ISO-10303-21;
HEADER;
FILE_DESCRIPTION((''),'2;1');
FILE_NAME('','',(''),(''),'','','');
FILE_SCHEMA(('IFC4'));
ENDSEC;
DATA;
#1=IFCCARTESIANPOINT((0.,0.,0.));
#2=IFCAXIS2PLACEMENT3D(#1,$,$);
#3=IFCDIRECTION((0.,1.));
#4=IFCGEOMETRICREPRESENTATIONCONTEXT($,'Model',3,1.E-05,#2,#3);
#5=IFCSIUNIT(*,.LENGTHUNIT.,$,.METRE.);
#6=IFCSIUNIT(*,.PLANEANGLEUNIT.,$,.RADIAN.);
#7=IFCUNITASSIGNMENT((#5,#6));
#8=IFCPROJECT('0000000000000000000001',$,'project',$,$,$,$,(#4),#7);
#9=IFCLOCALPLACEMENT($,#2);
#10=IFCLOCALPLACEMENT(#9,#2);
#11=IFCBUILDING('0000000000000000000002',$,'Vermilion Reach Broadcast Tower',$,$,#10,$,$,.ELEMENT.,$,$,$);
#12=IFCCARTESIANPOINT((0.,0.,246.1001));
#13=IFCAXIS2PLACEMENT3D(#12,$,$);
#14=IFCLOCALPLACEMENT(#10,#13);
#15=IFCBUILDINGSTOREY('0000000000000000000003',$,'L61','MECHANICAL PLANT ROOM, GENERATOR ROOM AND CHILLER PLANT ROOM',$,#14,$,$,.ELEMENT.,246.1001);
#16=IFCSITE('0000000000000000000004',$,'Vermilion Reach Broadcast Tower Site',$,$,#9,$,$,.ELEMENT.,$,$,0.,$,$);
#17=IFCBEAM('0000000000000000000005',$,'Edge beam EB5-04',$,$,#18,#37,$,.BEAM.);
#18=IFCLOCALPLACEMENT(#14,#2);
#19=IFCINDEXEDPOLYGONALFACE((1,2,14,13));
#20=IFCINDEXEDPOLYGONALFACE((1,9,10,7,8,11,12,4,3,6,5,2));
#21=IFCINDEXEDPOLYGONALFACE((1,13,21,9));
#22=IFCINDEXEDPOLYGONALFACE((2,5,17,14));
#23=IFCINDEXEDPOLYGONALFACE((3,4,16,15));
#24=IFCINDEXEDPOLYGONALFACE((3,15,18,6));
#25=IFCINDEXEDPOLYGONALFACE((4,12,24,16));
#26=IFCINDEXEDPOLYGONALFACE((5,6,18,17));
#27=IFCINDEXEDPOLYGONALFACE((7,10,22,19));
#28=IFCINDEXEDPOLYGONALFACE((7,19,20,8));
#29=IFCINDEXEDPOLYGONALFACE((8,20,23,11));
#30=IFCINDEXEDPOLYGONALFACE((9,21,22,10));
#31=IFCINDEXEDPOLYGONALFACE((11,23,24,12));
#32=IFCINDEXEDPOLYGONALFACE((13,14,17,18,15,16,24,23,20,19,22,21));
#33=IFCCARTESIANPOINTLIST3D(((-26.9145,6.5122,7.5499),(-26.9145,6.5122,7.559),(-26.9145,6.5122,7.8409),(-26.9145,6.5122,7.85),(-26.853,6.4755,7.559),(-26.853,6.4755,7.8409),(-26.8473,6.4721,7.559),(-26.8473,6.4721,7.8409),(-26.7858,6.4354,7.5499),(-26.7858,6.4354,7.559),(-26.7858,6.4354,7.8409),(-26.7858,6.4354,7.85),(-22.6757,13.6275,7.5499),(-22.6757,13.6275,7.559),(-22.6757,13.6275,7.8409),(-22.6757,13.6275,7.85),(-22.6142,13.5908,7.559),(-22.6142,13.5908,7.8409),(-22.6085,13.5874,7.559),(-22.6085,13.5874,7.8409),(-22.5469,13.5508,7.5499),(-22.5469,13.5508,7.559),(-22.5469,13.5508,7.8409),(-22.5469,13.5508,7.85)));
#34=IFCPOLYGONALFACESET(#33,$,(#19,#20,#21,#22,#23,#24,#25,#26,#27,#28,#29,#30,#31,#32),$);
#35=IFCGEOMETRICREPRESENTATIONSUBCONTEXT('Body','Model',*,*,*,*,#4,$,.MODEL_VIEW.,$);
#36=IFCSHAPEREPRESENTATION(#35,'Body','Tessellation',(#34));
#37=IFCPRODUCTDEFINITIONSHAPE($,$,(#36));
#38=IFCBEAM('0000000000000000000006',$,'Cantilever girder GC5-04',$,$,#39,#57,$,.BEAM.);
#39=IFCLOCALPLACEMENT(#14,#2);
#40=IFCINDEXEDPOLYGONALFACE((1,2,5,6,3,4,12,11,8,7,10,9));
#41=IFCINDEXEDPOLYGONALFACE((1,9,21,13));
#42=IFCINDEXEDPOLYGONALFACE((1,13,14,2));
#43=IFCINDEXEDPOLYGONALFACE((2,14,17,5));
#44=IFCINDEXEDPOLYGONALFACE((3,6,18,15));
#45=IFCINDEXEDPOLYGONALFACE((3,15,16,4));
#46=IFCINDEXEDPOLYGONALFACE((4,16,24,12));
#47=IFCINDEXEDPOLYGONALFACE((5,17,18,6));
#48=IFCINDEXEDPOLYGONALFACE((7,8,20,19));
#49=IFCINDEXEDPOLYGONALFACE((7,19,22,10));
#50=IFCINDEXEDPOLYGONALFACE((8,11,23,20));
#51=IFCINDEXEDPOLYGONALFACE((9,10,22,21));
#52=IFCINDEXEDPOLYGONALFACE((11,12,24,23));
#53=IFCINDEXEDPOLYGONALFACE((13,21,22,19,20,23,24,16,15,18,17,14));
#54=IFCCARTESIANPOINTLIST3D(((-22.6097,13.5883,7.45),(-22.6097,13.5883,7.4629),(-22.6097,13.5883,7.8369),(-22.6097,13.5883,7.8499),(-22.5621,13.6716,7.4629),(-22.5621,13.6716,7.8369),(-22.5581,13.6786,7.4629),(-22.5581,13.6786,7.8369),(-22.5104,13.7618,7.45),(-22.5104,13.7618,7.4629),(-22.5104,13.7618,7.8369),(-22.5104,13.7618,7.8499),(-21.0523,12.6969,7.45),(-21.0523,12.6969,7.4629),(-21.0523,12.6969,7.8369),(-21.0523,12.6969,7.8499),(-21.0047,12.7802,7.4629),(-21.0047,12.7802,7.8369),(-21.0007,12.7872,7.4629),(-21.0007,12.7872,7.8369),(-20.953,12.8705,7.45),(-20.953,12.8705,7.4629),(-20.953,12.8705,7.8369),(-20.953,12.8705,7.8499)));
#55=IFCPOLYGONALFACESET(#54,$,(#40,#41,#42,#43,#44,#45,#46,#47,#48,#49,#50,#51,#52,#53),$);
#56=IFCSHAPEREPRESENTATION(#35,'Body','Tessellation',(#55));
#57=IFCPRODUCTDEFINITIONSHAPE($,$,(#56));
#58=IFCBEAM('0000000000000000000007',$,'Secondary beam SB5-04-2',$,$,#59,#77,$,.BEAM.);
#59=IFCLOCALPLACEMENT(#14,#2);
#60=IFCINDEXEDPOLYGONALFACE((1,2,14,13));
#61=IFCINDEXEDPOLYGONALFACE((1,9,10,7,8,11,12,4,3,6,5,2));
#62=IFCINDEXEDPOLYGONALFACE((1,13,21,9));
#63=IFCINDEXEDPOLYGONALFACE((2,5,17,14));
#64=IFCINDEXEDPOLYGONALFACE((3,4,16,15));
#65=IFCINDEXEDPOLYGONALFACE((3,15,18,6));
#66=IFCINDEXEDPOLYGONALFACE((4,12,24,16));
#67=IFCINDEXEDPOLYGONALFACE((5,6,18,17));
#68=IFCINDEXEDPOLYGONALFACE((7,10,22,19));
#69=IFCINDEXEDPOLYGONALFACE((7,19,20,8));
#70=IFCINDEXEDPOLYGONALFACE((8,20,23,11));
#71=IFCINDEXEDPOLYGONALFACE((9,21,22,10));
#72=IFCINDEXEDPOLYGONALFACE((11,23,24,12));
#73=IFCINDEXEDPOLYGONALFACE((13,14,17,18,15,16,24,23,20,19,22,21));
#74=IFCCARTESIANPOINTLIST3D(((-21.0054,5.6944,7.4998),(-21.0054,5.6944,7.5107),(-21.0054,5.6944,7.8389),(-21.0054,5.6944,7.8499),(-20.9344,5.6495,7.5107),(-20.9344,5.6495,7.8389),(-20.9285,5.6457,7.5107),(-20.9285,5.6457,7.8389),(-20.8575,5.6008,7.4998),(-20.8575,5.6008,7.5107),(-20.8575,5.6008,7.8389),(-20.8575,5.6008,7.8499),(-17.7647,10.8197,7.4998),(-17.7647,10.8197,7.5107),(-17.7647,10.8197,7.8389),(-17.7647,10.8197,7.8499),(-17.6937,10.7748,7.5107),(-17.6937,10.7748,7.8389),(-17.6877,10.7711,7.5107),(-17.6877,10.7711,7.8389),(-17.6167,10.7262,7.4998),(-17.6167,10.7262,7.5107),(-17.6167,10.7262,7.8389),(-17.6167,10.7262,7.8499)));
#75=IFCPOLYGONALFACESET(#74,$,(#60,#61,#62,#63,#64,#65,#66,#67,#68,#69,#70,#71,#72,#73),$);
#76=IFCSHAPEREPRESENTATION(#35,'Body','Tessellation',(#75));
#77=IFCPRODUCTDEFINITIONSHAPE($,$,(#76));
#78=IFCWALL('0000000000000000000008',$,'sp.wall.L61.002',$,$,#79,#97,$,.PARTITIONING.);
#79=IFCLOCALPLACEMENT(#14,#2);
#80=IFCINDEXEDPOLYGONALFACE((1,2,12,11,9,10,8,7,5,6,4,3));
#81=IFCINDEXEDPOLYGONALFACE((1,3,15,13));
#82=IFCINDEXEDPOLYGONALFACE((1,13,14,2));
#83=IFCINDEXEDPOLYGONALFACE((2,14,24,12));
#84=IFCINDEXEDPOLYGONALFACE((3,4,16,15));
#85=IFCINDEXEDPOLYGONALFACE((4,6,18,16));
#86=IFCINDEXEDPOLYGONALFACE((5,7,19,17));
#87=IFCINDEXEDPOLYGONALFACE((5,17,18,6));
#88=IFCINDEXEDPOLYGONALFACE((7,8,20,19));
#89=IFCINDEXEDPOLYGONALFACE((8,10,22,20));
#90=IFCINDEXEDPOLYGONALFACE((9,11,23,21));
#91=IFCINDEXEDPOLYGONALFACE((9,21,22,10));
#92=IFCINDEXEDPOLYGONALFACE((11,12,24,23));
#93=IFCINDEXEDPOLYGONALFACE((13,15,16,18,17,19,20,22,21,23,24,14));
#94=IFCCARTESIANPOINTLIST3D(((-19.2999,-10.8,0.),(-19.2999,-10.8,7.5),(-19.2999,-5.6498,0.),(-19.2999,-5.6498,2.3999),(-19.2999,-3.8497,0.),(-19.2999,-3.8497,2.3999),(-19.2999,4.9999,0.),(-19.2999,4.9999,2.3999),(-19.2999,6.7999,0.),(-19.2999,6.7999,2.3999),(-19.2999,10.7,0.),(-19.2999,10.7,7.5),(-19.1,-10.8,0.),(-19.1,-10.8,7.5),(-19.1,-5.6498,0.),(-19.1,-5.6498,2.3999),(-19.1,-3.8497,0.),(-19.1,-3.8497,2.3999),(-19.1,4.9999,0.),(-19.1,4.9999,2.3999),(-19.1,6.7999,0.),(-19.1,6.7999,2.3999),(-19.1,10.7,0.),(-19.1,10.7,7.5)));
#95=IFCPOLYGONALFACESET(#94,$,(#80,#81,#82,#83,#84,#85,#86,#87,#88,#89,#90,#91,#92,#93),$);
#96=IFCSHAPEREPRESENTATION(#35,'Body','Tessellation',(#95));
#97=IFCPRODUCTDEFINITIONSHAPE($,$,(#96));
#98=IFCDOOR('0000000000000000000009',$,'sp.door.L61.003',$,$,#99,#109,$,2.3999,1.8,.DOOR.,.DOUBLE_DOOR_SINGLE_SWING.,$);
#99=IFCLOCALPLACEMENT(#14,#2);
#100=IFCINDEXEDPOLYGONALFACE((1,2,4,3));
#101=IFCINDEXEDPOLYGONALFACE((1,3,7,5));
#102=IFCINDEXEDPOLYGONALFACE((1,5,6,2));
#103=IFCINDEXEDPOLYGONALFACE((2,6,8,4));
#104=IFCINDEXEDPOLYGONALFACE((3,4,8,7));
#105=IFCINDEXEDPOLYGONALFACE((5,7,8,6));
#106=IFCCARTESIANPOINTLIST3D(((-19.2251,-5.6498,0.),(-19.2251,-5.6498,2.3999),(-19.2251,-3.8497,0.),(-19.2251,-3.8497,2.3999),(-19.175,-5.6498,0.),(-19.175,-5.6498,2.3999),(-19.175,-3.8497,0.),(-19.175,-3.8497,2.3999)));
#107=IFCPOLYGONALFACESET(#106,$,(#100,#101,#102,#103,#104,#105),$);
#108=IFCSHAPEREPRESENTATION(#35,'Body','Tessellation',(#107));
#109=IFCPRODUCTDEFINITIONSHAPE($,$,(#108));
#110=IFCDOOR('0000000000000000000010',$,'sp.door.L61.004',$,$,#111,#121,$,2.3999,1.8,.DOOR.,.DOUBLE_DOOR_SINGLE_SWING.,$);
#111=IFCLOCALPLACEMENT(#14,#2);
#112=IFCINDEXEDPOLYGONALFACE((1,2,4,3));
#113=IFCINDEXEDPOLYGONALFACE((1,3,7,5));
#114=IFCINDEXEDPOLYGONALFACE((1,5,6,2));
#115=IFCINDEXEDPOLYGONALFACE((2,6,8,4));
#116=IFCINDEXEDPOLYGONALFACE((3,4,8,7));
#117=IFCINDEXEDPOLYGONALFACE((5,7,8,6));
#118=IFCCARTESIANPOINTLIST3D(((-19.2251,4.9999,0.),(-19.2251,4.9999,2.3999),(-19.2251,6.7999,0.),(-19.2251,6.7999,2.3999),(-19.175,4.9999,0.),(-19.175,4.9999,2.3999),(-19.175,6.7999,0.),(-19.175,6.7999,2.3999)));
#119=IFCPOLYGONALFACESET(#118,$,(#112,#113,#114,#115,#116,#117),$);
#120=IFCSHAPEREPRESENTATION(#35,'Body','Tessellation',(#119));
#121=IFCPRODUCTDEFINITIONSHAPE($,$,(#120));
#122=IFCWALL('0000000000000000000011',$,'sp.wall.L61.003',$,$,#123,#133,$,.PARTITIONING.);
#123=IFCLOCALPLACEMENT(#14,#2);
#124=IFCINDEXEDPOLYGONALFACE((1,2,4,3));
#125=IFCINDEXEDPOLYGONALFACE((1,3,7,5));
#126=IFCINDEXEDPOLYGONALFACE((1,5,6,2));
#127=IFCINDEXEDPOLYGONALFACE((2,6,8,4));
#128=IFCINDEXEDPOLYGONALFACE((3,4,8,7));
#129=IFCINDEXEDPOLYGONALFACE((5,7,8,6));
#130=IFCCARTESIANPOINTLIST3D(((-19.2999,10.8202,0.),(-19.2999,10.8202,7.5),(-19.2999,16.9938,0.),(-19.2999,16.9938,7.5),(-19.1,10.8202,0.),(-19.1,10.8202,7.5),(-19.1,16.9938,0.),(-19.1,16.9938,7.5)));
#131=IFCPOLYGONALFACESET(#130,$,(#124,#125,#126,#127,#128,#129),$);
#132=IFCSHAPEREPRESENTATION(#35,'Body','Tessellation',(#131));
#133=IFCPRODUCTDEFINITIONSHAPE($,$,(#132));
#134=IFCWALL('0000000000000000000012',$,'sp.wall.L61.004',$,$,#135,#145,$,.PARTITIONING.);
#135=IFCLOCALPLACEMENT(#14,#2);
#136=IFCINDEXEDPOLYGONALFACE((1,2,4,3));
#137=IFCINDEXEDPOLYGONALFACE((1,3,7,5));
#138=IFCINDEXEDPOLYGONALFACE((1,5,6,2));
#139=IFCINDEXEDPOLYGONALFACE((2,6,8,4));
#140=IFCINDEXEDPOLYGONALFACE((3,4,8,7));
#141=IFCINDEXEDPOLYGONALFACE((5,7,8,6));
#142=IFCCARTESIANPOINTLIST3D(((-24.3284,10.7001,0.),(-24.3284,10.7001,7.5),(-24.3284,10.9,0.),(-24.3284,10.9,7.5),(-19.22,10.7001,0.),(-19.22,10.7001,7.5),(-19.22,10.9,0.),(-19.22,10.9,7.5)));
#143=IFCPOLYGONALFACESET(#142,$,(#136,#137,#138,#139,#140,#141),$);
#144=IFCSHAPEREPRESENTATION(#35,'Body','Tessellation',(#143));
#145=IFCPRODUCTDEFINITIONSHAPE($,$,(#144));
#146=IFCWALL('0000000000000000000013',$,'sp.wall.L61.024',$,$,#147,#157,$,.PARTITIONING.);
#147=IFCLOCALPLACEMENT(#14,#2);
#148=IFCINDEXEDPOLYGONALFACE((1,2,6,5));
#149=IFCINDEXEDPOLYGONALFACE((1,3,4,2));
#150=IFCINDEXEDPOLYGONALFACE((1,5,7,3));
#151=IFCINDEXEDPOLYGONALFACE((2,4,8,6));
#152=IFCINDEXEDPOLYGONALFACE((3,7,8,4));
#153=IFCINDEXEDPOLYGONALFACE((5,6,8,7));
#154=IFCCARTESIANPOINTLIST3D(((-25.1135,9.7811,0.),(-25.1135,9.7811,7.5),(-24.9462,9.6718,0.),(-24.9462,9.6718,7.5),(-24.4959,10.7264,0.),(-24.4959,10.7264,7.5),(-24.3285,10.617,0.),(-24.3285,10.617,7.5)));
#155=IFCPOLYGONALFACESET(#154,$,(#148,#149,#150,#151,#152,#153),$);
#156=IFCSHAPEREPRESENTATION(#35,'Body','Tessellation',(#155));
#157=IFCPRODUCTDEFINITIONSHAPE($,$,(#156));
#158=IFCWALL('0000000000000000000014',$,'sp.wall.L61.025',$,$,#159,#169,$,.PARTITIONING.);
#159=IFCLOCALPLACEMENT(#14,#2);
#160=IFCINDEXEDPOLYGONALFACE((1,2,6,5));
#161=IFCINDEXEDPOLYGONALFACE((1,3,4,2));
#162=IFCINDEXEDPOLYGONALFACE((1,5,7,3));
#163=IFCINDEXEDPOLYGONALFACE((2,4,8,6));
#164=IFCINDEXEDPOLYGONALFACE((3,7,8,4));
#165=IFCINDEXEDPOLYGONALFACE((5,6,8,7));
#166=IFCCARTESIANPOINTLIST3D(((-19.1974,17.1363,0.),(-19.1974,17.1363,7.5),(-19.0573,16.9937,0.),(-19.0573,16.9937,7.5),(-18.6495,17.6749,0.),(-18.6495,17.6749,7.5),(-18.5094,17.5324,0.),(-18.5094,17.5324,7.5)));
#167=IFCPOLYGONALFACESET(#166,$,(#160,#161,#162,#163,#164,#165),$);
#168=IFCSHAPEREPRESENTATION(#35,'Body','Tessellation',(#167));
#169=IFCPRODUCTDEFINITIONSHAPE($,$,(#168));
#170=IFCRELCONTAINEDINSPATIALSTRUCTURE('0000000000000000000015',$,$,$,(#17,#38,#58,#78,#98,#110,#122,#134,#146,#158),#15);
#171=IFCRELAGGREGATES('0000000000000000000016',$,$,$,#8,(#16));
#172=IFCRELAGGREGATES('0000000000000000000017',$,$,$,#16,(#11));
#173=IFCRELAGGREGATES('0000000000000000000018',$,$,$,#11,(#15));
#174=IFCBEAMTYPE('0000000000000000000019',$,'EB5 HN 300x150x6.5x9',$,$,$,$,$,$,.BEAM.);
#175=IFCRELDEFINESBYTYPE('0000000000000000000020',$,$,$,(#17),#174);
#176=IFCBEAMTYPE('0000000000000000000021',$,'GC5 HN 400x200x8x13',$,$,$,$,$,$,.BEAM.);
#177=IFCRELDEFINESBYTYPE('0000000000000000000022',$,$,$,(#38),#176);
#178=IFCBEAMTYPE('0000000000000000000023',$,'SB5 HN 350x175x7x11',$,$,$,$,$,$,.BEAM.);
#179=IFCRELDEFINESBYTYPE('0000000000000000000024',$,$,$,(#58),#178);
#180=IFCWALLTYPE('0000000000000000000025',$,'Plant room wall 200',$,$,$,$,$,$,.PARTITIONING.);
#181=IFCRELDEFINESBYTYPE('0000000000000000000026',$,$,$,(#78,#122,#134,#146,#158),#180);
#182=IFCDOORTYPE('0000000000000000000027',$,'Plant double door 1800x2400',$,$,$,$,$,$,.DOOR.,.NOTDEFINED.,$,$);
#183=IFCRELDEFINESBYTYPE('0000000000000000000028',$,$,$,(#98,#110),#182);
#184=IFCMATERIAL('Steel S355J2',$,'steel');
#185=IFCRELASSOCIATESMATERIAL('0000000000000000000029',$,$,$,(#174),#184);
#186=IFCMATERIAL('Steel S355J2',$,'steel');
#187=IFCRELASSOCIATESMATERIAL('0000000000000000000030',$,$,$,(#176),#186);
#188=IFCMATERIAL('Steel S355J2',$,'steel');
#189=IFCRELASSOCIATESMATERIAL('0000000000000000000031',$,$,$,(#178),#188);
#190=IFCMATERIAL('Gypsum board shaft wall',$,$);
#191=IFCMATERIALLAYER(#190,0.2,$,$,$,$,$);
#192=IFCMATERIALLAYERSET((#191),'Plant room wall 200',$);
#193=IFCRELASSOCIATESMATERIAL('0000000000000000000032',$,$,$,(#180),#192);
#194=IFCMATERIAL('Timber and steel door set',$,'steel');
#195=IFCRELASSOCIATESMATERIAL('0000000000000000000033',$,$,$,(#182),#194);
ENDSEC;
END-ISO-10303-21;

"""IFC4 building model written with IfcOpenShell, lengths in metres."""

from ifc_helpers import new_model, si_unit, direction, frame, frame_2d, origin, origin_2d, place, context, subcontext, project, spatial, rectangle, i_section, extrude, material, layer, layer_set, material_profile, profile_set, type_object, element, fill, save


model = new_model("IFC4")

# Units and contexts
model_context = context("Model", 3, precision=1e-05, world=origin(), true_north=direction((0.0, 1.0)))
body_context = subcontext(model_context, "Body", "Model", "MODEL_VIEW")
ifc_project = project(units=[si_unit("LENGTHUNIT", "METRE"), si_unit("PLANEANGLEUNIT", "RADIAN")], contexts=[model_context])

# Site, building, storey
site_placement = place(None, origin())
site = spatial("IfcSite", under=ifc_project, at=site_placement, Name="Vermilion Reach Broadcast Tower Site", CompositionType="ELEMENT", RefElevation=0.0)
building_placement = place(site_placement, origin())
building = spatial("IfcBuilding", under=site, at=building_placement, Name="Vermilion Reach Broadcast Tower", CompositionType="ELEMENT")
storey_placement = place(building_placement, frame((0.0, 0.0, 246.1001)))
storey = spatial("IfcBuildingStorey", under=building, at=storey_placement, Name="L61", Description="MECHANICAL PLANT ROOM, GENERATOR ROOM AND CHILLER PLANT ROOM", CompositionType="ELEMENT", Elevation=246.1001)

# Beams
ifc_material_1 = material(Name="Steel S355J2", Category="steel")
ifc_material_profile_1 = material_profile(ifc_material_1, i_section(OverallWidth=0.1499, OverallDepth=0.3, WebThickness=0.0066, FlangeThickness=0.009, at=origin_2d()), Name="S355J2 HN 300x150x6.5x9")
ifc_profile_set_1 = profile_set([ifc_material_profile_1], Name="Steel S355J2")
beam_type_1 = type_object("IfcBeamType", Name="EB5 HN 300x150x6.5x9", PredefinedType="BEAM", material=ifc_profile_set_1)
beam_1_placement = place(storey_placement, frame((-22.6113, 13.5891, 7.7), z_axis=(-0.511797, -0.859107, 0.0), x_axis=(0.859107, -0.511797, 0.0)))
element("IfcBeam", 1, at=beam_1_placement, inside=storey, type_object=beam_type_1, Name="Edge beam EB5-04", PredefinedType="BEAM", context=body_context, shape_type="SweptSolid", body=[
    extrude(i_section(OverallWidth=0.1499, OverallDepth=0.3, WebThickness=0.0066, FlangeThickness=0.009, at=origin_2d()), origin(), (0.0, 0.0, 1.0), 8.2822),
])
ifc_material_2 = material(Name="Steel S355J2", Category="steel")
ifc_material_profile_2 = material_profile(ifc_material_2, i_section(OverallWidth=0.2, OverallDepth=0.3999, WebThickness=0.0081, FlangeThickness=0.0129, at=origin_2d()), Name="S355J2 HN 400x200x8x13")
ifc_profile_set_2 = profile_set([ifc_material_profile_2], Name="Steel S355J2")
beam_type_2 = type_object("IfcBeamType", Name="GC5 HN 400x200x8x13", PredefinedType="BEAM", material=ifc_profile_set_2)
beam_2_placement = place(storey_placement, frame((-21.0027, 12.7837, 7.6499), z_axis=(-0.8679, 0.49674, 0.0), x_axis=(-0.49674, -0.8679, 0.0)))
element("IfcBeam", 2, at=beam_2_placement, inside=storey, type_object=beam_type_2, Name="Cantilever girder GC5-04", PredefinedType="BEAM", context=body_context, shape_type="SweptSolid", body=[
    extrude(i_section(OverallWidth=0.2, OverallDepth=0.3999, WebThickness=0.0081, FlangeThickness=0.0129, at=origin_2d()), origin(), (0.0, 0.0, 1.0), 1.7944),
])
ifc_material_3 = material(Name="Steel S355J2", Category="steel")
ifc_material_profile_3 = material_profile(ifc_material_3, i_section(OverallWidth=0.175, OverallDepth=0.3501, WebThickness=0.0071, FlangeThickness=0.011, at=origin_2d()), Name="S355J2 HN 350x175x7x11")
ifc_profile_set_3 = profile_set([ifc_material_profile_3], Name="Steel S355J2")
beam_type_3 = type_object("IfcBeamType", Name="SB5 HN 350x175x7x11", PredefinedType="BEAM", material=ifc_profile_set_3)
beam_3_placement = place(storey_placement, frame((-17.6907, 10.7729, 7.6748), z_axis=(-0.534432, -0.845211, 0.0), x_axis=(0.845211, -0.534432, 0.0)))
element("IfcBeam", 3, at=beam_3_placement, inside=storey, type_object=beam_type_3, Name="Secondary beam SB5-04-2", PredefinedType="BEAM", context=body_context, shape_type="SweptSolid", body=[
    extrude(i_section(OverallWidth=0.175, OverallDepth=0.3501, WebThickness=0.0071, FlangeThickness=0.011, at=origin_2d()), origin(), (0.0, 0.0, 1.0), 6.064),
])

# Wall, openings, doors
ifc_material_4 = material(Name="Gypsum board shaft wall")
ifc_layer = layer(ifc_material_4, 0.2)
ifc_layer_set = layer_set([ifc_layer], Name="Plant room wall 200")
wall_type = type_object("IfcWallType", Name="Plant room wall 200", PredefinedType="PARTITIONING", material=ifc_layer_set)
wall_1_placement = place(storey_placement, frame((-19.2, 10.7, 0.0), z_axis=(0.0, 0.0, 1.0), x_axis=(0.0, -1.0, 0.0)))
wall_1 = element("IfcWall", 4, at=wall_1_placement, inside=storey, type_object=wall_type, Name="sp.wall.L61.002", PredefinedType="PARTITIONING", context=body_context, shape_type="SweptSolid", body=[
    extrude(rectangle(XDim=21.5, YDim=0.2, at=frame_2d((10.75, 0.0))), origin(), (0.0, 0.0, 1.0), 7.5),
])
opening_1_placement = place(wall_1_placement, frame((14.5498, 0.0, 0.0)))
opening_1 = element("IfcOpeningElement", 5, at=opening_1_placement, cuts=wall_1, PredefinedType="OPENING", context=body_context, shape_type="SweptSolid", body=[
    extrude(rectangle(XDim=1.8, YDim=2.3999, at=frame_2d((0.8999, 1.2))), frame((0.0, 0.1099, 0.0), z_axis=(0.0, -1.0, 0.0), x_axis=(1.0, 0.0, 0.0)), (0.0, 0.0, 1.0), 0.22),
])
opening_2_placement = place(wall_1_placement, frame((3.9001, 0.0, 0.0)))
opening_2 = element("IfcOpeningElement", 6, at=opening_2_placement, cuts=wall_1, PredefinedType="OPENING", context=body_context, shape_type="SweptSolid", body=[
    extrude(rectangle(XDim=1.8, YDim=2.3999, at=frame_2d((0.8999, 1.2))), frame((0.0, 0.1099, 0.0), z_axis=(0.0, -1.0, 0.0), x_axis=(1.0, 0.0, 0.0)), (0.0, 0.0, 1.0), 0.22),
])
ifc_material_5 = material(Name="Timber and steel door set", Category="steel")
door_type = type_object("IfcDoorType", Name="Plant double door 1800x2400", OperationType="NOTDEFINED", PredefinedType="DOOR", material=ifc_material_5)
door_1_placement = place(opening_1_placement, origin())
door_1 = element("IfcDoor", 7, at=door_1_placement, inside=storey, type_object=door_type, Name="sp.door.L61.003", OperationType="DOUBLE_DOOR_SINGLE_SWING", OverallHeight=2.3999, OverallWidth=1.8, PredefinedType="DOOR", context=body_context, shape_type="SweptSolid", body=[
    extrude(rectangle(XDim=1.8, YDim=2.3999, at=frame_2d((0.8999, 1.2))), frame((0.0, 0.0249, 0.0), z_axis=(0.0, -1.0, 0.0), x_axis=(1.0, 0.0, 0.0)), (0.0, 0.0, 1.0), 0.05),
])
fill(opening_1, door_1)
door_2_placement = place(opening_2_placement, origin())
door_2 = element("IfcDoor", 8, at=door_2_placement, inside=storey, type_object=door_type, Name="sp.door.L61.004", OperationType="DOUBLE_DOOR_SINGLE_SWING", OverallHeight=2.3999, OverallWidth=1.8, PredefinedType="DOOR", context=body_context, shape_type="SweptSolid", body=[
    extrude(rectangle(XDim=1.8, YDim=2.3999, at=frame_2d((0.8999, 1.2))), frame((0.0, 0.0249, 0.0), z_axis=(0.0, -1.0, 0.0), x_axis=(1.0, 0.0, 0.0)), (0.0, 0.0, 1.0), 0.05),
])
fill(opening_2, door_2)

# Walls
wall_2_placement = place(storey_placement, frame((-19.2, 10.8201, 0.0), z_axis=(0.0, 0.0, 1.0), x_axis=(0.0, 1.0, 0.0)))
element("IfcWall", 9, at=wall_2_placement, inside=storey, type_object=wall_type, Name="sp.wall.L61.003", PredefinedType="PARTITIONING", context=body_context, shape_type="SweptSolid", body=[
    extrude(rectangle(XDim=6.1736, YDim=0.2, at=frame_2d((3.0869, 0.0))), origin(), (0.0, 0.0, 1.0), 7.5),
])
wall_3_placement = place(storey_placement, frame((-24.3284, 10.8, 0.0), z_axis=(0.0, 0.0, 1.0), x_axis=(1.0, 0.0, 0.0)))
element("IfcWall", 10, at=wall_3_placement, inside=storey, type_object=wall_type, Name="sp.wall.L61.004", PredefinedType="PARTITIONING", context=body_context, shape_type="SweptSolid", body=[
    extrude(rectangle(XDim=5.1084, YDim=0.2, at=frame_2d((2.5542, 0.0))), origin(), (0.0, 0.0, 1.0), 7.5),
])
wall_4_placement = place(storey_placement, frame((-25.0298, 9.7266, 0.0), z_axis=(0.0, 0.0, 1.0), x_axis=(0.546993, 0.837137, 0.0)))
element("IfcWall", 11, at=wall_4_placement, inside=storey, type_object=wall_type, Name="sp.wall.L61.024", PredefinedType="PARTITIONING", context=body_context, shape_type="SweptSolid", body=[
    extrude(rectangle(XDim=1.1292, YDim=0.2, at=frame_2d((0.5645, 0.0))), origin(), (0.0, 0.0, 1.0), 7.5),
])
wall_5_placement = place(storey_placement, frame((-19.1274, 17.0649, 0.0), z_axis=(0.0, 0.0, 1.0), x_axis=(0.713119, 0.701043, 0.0)))
element("IfcWall", 12, at=wall_5_placement, inside=storey, type_object=wall_type, Name="sp.wall.L61.025", PredefinedType="PARTITIONING", context=body_context, shape_type="SweptSolid", body=[
    extrude(rectangle(XDim=0.7683, YDim=0.2, at=frame_2d((0.3843, 0.0))), origin(), (0.0, 0.0, 1.0), 7.5),
])

save(model, "model.ifc")
